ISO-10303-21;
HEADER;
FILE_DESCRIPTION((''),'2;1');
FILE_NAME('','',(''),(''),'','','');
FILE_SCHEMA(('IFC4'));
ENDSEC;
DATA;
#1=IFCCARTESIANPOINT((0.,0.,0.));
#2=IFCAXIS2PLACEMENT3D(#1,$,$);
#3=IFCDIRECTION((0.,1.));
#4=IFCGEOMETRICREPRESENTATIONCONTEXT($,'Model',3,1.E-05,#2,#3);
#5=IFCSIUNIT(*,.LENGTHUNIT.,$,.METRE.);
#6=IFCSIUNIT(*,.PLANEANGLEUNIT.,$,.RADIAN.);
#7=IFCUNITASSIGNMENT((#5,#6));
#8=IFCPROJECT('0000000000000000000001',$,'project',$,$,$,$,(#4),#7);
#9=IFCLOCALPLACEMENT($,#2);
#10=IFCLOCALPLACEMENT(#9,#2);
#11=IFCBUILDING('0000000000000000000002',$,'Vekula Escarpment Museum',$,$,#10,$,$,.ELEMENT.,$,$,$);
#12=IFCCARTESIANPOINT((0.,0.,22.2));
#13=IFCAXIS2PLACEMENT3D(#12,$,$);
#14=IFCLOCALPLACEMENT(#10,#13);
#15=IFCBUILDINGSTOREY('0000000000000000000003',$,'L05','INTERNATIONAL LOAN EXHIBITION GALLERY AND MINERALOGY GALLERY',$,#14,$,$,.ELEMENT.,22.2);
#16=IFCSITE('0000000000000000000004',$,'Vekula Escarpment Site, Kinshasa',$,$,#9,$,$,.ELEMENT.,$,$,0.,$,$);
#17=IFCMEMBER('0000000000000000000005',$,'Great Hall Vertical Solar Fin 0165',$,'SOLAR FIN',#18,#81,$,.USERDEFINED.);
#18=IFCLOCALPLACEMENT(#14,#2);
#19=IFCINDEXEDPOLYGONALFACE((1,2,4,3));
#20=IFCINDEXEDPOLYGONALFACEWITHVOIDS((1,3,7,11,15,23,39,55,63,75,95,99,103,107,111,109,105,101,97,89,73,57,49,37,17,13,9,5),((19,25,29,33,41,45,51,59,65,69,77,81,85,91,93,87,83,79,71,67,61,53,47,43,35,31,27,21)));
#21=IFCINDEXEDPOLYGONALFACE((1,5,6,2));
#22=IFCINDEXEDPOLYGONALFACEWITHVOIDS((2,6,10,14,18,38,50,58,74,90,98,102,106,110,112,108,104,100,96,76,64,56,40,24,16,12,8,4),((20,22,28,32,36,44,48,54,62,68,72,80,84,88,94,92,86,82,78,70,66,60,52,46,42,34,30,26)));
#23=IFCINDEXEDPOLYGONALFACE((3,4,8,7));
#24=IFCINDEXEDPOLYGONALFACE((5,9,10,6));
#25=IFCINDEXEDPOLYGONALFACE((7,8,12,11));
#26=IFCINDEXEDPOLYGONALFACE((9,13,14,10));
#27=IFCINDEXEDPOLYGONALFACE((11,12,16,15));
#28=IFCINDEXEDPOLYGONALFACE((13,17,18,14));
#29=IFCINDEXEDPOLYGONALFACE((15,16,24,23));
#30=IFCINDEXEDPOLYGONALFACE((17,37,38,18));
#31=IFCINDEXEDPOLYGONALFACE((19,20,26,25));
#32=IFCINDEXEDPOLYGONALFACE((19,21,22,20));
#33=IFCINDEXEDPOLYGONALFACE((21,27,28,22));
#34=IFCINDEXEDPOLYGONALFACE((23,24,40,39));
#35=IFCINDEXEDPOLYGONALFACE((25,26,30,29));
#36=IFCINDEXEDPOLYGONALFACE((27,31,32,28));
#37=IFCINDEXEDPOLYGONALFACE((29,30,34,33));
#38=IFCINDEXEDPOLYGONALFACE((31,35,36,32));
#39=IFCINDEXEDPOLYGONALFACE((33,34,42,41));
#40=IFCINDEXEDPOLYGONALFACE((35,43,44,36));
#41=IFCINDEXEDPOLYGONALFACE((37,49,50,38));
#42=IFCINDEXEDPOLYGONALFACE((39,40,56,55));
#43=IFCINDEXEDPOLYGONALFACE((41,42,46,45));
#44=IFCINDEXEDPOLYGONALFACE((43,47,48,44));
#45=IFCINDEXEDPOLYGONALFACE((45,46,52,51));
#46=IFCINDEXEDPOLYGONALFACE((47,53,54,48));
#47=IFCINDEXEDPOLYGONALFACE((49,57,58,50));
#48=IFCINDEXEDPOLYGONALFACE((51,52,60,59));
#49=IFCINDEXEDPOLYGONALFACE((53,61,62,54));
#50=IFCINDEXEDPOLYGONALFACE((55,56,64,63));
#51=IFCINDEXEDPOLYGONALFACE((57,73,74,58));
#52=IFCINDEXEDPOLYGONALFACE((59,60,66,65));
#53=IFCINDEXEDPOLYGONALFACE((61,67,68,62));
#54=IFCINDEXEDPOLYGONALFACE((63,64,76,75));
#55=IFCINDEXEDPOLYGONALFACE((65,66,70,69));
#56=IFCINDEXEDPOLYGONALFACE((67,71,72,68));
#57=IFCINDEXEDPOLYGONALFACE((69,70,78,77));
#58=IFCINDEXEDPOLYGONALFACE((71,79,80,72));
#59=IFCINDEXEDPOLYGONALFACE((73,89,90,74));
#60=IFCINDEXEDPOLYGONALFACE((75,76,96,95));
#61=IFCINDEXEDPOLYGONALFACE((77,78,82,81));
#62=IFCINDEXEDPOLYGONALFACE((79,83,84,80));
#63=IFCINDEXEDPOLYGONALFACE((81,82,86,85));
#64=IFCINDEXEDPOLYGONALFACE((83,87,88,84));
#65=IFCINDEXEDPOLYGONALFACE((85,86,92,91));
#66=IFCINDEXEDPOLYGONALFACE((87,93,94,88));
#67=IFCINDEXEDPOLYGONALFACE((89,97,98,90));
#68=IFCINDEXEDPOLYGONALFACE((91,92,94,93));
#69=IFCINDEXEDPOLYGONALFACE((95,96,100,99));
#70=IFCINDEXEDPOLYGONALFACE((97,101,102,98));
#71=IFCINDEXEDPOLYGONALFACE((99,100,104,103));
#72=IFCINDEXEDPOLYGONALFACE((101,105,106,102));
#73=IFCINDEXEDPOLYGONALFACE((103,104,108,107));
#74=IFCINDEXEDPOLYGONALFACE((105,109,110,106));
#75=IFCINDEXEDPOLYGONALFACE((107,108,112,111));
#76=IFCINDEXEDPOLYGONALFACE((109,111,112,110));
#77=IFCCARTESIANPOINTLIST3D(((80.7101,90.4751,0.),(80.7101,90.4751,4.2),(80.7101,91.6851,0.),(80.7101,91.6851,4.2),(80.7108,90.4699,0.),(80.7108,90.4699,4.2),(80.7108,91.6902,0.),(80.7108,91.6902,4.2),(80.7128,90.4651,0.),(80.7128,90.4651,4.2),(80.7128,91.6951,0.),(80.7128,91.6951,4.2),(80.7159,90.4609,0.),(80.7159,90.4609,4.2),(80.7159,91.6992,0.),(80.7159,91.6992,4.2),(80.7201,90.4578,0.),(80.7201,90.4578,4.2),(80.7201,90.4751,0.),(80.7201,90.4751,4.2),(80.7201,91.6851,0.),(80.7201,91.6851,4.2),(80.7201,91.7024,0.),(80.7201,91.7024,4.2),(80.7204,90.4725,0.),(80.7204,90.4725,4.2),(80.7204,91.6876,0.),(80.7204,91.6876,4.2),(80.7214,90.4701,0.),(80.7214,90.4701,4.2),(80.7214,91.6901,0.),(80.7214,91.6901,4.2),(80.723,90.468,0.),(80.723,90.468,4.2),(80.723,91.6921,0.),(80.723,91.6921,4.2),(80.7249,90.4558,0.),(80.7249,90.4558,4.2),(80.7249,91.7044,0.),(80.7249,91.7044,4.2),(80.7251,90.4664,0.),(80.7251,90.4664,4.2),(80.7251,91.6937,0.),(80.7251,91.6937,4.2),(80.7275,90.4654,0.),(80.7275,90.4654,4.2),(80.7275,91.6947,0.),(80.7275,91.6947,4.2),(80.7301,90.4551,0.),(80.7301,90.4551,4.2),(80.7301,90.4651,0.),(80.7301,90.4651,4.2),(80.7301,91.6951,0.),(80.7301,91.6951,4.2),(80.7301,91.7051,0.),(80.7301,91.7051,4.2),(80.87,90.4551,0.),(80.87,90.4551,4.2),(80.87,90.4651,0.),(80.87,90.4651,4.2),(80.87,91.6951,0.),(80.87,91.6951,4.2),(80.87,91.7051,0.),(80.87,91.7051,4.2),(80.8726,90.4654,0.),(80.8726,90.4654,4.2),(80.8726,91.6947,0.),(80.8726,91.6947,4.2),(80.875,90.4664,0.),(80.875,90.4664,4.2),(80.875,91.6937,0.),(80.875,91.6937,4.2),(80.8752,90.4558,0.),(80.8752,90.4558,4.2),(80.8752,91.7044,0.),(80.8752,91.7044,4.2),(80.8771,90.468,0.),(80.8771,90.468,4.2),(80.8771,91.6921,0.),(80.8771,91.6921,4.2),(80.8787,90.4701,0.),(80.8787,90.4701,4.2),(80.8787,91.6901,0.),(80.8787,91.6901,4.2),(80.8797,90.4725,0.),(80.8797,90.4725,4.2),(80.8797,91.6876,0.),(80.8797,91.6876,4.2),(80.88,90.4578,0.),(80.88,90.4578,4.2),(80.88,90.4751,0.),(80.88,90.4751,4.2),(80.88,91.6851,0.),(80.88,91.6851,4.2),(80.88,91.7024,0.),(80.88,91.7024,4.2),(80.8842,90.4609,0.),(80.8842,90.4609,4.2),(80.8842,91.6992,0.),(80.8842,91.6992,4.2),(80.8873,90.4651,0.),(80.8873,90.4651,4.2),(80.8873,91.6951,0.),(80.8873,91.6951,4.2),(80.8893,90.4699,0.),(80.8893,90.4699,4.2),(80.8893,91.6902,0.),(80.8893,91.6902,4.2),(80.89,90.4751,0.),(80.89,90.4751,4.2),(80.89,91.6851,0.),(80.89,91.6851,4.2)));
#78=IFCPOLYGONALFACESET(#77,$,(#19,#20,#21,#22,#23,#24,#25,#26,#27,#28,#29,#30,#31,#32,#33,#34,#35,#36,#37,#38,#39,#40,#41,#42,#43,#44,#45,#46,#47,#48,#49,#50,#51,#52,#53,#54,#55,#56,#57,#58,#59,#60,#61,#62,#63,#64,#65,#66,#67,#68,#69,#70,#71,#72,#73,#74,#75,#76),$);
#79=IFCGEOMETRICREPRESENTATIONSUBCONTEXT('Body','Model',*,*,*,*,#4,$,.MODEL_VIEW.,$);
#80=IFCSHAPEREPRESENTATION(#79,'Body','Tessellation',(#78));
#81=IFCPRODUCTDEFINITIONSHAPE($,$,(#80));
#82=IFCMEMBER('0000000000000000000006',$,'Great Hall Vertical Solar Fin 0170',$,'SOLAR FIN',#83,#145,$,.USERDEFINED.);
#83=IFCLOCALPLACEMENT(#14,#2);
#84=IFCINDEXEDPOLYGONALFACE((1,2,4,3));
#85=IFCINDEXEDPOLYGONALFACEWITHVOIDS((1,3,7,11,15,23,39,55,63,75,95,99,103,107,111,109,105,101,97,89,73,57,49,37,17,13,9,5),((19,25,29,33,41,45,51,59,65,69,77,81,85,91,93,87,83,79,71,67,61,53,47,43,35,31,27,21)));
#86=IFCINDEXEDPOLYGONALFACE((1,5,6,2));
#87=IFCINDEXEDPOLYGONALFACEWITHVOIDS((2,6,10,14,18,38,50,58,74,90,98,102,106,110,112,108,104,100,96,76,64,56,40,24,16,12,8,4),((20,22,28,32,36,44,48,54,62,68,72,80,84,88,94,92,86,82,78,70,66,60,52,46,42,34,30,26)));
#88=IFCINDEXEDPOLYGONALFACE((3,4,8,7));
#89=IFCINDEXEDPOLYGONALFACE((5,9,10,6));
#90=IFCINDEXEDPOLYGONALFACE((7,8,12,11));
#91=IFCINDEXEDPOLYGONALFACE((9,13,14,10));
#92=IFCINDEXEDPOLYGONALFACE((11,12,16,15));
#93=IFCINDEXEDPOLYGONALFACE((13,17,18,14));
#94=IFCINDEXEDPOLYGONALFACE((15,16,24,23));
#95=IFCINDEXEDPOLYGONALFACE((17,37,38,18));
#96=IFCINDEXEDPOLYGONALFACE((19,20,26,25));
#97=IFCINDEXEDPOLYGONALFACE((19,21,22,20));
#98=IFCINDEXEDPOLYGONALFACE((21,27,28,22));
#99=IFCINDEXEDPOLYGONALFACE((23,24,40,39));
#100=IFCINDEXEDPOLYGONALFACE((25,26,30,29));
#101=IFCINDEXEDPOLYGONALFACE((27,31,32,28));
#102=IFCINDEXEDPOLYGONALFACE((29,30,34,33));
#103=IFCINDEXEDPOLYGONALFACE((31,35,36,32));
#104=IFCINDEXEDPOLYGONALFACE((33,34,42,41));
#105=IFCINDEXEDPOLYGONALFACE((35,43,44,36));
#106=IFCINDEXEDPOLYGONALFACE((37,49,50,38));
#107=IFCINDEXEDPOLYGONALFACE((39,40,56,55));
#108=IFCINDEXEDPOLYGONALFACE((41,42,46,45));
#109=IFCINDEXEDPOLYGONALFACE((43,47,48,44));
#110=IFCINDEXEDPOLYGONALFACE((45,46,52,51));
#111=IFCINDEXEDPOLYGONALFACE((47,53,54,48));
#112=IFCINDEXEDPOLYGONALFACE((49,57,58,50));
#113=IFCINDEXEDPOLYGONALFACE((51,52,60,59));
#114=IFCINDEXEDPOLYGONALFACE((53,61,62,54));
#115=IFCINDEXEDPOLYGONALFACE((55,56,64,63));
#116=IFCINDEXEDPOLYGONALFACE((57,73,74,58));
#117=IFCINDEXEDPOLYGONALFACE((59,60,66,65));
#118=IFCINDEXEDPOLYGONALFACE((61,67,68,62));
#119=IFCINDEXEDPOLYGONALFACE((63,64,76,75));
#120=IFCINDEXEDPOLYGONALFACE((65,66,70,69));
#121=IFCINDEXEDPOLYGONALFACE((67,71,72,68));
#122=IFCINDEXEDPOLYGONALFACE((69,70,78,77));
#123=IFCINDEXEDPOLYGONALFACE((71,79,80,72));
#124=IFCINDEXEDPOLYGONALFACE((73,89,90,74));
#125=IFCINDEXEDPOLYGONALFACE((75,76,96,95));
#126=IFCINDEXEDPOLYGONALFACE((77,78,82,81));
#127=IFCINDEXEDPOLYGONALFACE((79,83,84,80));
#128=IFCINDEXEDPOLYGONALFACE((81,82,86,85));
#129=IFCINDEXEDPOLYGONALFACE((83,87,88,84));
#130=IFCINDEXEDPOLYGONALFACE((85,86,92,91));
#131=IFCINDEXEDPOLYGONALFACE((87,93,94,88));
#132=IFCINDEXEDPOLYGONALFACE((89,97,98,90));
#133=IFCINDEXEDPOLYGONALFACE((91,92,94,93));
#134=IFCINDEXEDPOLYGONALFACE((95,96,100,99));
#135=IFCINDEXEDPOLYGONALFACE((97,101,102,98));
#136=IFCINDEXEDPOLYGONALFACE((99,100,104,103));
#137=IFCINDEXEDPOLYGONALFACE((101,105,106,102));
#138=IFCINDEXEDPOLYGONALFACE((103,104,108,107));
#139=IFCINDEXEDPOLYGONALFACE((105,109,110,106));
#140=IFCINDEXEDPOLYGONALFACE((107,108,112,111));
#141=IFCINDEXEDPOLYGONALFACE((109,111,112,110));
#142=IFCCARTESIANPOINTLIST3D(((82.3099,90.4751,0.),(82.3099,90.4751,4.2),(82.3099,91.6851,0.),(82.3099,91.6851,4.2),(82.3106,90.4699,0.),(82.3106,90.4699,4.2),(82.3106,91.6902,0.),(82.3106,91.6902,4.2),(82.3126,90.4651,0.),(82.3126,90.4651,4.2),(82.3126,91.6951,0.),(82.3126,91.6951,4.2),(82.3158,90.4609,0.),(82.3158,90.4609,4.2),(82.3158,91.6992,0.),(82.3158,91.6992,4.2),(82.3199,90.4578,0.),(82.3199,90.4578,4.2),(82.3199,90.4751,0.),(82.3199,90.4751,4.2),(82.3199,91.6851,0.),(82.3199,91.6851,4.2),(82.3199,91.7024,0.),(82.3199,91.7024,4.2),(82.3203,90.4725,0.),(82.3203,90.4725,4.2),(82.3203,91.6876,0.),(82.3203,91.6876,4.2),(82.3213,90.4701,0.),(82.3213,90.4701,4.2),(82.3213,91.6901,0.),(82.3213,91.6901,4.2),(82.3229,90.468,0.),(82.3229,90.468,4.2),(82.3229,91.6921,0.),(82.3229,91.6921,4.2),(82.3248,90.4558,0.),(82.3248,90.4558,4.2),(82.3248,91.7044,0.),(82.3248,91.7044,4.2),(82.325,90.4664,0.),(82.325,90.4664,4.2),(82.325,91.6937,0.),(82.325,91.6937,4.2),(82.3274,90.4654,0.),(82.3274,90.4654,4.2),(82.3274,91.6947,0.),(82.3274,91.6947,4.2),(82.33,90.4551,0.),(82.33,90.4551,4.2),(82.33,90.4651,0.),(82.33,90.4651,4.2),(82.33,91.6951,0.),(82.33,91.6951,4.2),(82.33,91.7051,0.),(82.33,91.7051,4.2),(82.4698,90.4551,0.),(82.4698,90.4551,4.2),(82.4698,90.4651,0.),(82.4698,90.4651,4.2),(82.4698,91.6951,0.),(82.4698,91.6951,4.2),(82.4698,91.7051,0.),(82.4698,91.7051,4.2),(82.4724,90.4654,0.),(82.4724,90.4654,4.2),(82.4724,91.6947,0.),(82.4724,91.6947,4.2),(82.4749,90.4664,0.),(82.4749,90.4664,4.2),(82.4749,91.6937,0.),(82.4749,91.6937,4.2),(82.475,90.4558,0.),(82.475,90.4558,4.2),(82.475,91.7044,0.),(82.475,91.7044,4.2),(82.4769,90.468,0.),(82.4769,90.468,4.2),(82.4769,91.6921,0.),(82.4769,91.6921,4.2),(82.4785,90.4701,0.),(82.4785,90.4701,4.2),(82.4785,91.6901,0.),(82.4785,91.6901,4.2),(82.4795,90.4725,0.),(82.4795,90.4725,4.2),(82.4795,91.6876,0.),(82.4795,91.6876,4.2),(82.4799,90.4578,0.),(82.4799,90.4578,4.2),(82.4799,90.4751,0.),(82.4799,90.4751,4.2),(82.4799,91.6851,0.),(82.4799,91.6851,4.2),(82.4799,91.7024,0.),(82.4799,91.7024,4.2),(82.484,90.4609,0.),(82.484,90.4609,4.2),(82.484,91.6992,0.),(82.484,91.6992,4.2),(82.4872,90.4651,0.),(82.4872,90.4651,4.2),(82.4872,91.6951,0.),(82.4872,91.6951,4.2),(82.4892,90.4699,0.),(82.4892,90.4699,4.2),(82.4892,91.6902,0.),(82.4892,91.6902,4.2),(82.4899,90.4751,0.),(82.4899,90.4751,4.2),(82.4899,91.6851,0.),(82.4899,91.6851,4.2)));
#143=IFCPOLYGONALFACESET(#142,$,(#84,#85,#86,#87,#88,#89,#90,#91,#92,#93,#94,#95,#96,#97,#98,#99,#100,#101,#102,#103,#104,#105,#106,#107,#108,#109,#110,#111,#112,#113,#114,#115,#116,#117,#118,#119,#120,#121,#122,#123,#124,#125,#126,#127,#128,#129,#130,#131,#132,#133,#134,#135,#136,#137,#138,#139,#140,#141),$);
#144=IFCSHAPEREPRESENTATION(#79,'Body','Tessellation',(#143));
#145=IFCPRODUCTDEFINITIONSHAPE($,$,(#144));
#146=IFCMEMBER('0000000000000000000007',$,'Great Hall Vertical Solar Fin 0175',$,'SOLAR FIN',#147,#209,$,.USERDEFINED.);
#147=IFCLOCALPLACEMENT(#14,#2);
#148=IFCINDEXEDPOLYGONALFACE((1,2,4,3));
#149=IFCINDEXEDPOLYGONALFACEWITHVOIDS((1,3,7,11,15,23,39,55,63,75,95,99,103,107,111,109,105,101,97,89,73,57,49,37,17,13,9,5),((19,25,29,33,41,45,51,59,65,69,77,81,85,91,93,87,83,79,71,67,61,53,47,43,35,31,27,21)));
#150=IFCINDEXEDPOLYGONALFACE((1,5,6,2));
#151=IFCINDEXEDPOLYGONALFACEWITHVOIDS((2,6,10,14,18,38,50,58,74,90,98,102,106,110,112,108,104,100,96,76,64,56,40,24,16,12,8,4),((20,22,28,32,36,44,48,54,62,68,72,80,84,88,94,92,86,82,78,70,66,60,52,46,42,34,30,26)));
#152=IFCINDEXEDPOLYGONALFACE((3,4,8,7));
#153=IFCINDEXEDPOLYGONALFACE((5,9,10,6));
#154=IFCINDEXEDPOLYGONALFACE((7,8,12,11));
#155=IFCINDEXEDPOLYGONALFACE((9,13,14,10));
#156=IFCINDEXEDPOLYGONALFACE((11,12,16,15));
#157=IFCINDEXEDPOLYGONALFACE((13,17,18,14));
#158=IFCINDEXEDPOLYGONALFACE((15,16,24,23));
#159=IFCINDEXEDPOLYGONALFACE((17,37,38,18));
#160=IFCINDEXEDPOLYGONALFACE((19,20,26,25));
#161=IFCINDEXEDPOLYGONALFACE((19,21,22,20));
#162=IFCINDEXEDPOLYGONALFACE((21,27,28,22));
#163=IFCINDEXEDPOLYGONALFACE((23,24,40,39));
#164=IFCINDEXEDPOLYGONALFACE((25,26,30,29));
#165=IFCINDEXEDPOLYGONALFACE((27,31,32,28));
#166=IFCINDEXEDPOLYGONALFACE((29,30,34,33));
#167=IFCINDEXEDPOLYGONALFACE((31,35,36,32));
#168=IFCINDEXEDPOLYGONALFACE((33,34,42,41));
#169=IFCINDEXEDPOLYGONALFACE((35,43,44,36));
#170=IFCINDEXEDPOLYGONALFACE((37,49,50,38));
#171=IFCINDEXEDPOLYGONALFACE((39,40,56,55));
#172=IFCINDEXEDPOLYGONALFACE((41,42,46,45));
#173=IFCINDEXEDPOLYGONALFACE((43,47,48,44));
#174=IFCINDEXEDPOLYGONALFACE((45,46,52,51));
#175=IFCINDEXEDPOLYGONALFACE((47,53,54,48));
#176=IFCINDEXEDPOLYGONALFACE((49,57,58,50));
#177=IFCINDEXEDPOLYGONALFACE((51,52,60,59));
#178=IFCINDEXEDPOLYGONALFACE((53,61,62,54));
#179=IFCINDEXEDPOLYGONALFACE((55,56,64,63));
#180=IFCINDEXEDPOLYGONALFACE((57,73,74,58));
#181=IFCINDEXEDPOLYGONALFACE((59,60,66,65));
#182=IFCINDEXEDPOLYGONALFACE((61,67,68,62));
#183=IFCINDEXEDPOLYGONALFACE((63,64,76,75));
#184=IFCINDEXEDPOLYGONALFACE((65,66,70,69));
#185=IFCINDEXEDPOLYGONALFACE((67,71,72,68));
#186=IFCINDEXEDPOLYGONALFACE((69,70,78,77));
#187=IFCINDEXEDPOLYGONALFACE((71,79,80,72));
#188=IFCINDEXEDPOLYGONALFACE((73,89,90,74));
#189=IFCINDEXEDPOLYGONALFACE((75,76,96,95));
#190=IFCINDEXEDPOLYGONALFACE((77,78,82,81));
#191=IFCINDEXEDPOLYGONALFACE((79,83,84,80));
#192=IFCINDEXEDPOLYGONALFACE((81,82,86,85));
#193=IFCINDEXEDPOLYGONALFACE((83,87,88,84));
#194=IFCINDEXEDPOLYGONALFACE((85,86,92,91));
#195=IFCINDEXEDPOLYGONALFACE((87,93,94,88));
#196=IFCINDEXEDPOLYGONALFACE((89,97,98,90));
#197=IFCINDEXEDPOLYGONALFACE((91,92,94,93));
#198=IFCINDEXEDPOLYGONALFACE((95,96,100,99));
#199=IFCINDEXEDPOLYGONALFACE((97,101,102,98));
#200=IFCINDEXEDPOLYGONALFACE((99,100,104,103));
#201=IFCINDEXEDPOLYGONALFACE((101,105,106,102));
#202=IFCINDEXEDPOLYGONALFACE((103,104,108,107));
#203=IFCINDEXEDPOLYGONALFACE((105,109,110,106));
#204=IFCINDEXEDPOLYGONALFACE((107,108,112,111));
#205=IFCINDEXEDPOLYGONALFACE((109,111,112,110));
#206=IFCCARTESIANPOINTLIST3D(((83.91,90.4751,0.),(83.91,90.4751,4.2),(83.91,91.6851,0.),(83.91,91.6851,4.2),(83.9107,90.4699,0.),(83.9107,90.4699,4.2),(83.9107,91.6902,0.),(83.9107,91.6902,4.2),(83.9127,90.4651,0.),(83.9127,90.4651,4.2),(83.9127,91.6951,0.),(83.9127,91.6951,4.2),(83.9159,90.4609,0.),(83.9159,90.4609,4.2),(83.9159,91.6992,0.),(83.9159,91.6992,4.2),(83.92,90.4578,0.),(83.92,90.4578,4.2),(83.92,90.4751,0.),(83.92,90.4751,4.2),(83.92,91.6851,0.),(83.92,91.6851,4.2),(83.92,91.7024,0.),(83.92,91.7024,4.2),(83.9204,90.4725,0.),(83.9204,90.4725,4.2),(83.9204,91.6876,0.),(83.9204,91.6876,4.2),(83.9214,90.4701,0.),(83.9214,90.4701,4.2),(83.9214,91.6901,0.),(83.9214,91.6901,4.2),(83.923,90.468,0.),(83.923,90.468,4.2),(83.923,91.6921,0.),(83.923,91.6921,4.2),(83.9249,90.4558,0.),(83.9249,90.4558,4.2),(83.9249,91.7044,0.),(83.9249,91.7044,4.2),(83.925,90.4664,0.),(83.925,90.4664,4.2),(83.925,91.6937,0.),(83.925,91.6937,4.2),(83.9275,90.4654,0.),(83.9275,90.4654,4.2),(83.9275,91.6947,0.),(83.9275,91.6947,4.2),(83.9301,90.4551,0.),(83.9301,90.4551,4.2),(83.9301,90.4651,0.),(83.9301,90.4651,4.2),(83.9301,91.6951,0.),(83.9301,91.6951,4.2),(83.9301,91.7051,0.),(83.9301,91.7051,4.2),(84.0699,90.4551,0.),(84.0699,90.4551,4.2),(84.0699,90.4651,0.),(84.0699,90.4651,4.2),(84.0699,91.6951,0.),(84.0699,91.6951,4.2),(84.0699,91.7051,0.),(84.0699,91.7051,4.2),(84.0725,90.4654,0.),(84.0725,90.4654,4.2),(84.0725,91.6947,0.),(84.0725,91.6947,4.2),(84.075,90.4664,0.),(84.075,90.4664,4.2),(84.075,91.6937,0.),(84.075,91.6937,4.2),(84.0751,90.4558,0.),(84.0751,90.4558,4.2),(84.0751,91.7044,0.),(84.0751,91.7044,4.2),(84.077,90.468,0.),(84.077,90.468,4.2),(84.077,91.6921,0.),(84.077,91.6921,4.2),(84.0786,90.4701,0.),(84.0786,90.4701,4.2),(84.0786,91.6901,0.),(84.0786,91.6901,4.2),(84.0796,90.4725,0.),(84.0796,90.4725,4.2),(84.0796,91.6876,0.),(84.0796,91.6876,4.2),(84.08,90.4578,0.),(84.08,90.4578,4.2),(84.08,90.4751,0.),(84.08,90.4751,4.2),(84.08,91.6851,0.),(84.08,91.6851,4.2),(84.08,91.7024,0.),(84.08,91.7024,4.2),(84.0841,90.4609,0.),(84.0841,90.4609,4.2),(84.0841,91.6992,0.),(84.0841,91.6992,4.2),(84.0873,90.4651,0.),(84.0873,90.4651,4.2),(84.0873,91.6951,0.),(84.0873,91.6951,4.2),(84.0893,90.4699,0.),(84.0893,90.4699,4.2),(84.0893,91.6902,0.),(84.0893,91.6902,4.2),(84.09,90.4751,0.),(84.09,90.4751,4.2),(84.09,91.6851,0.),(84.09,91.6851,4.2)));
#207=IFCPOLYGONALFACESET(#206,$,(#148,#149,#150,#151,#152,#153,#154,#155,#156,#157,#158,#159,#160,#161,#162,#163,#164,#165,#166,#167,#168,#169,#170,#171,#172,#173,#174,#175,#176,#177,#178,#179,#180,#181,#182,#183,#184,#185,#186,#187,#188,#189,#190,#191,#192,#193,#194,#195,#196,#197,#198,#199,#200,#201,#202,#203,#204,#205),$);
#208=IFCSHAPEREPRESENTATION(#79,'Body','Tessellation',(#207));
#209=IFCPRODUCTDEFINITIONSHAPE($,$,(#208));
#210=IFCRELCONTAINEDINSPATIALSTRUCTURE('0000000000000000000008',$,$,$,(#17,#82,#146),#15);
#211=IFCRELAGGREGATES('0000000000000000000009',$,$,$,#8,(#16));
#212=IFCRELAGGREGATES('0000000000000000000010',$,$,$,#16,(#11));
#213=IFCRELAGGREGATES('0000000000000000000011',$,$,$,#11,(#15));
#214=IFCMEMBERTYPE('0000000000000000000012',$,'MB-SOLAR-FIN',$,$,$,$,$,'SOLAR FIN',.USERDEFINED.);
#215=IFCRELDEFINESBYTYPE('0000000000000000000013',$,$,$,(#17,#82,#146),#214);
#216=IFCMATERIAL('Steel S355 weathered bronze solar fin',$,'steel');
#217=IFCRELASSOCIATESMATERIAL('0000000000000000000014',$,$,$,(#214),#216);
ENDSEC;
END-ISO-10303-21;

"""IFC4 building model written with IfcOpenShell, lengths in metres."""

from ifc_helpers import new_model, si_unit, direction, frame, origin, origin_2d, place, context, subcontext, project, spatial, hollow_rectangle, extrude, material, material_profile, profile_set, type_object, element, save


model = new_model("IFC4")

# Units and contexts
model_context = context("Model", 3, precision=1e-05, world=origin(), true_north=direction((0.0, 1.0)))
body_context = subcontext(model_context, "Body", "Model", "MODEL_VIEW")
ifc_project = project(units=[si_unit("LENGTHUNIT", "METRE"), si_unit("PLANEANGLEUNIT", "RADIAN")], contexts=[model_context])

# Site, building, storey
site_placement = place(None, origin())
site = spatial("IfcSite", under=ifc_project, at=site_placement, Name="Vekula Escarpment Site, Kinshasa", CompositionType="ELEMENT", RefElevation=0.0)
building_placement = place(site_placement, origin())
building = spatial("IfcBuilding", under=site, at=building_placement, Name="Vekula Escarpment Museum", CompositionType="ELEMENT")
storey_placement = place(building_placement, frame((0.0, 0.0, 22.2)))
storey = spatial("IfcBuildingStorey", under=building, at=storey_placement, Name="L05", Description="INTERNATIONAL LOAN EXHIBITION GALLERY AND MINERALOGY GALLERY", CompositionType="ELEMENT", Elevation=22.2)

# Members
ifc_material_1 = material(Name="Steel S355 weathered bronze solar fin", Category="steel")
ifc_material_profile_1 = material_profile(ifc_material_1, hollow_rectangle(XDim=0.1799, YDim=1.25, WallThickness=0.01, InnerFilletRadius=0.01, OuterFilletRadius=0.02, at=origin_2d()), Name="RHS 1250x180x10")
ifc_profile_set_1 = profile_set([ifc_material_profile_1], Name="Steel S355 weathered bronze solar fin")
member_type_1 = type_object("IfcMemberType", Name="MB-SOLAR-FIN", ElementType="SOLAR FIN", PredefinedType="USERDEFINED", material=ifc_profile_set_1)
for number, where, z_axis, x_axis, name in (
    (1, (80.8, 91.0801, 0.0), (0.0, 0.0, 1.0), (1.0, 0.0, 0.0), "Great Hall Vertical Solar Fin 0165"),
    (2, (82.3999, 91.0801, 0.0), (0.0, 0.0, 1.0), (1.0, 0.0, 0.0), "Great Hall Vertical Solar Fin 0170"),
    (3, (84.0, 91.0801, 0.0), (0.0, 0.0, 1.0), (1.0, 0.0, 0.0), "Great Hall Vertical Solar Fin 0175"),
):
    element("IfcMember", number, at=place(storey_placement, frame(where, z_axis=z_axis, x_axis=x_axis)), inside=storey, type_object=member_type_1, Name=name, ObjectType="SOLAR FIN", PredefinedType="USERDEFINED", context=body_context, shape_type="SweptSolid", body=[
        extrude(hollow_rectangle(XDim=0.1799, YDim=1.25, WallThickness=0.01, InnerFilletRadius=0.01, OuterFilletRadius=0.02, at=origin_2d()), origin(), (0.0, 0.0, 1.0), 4.2),
    ])

save(model, "model.ifc")
